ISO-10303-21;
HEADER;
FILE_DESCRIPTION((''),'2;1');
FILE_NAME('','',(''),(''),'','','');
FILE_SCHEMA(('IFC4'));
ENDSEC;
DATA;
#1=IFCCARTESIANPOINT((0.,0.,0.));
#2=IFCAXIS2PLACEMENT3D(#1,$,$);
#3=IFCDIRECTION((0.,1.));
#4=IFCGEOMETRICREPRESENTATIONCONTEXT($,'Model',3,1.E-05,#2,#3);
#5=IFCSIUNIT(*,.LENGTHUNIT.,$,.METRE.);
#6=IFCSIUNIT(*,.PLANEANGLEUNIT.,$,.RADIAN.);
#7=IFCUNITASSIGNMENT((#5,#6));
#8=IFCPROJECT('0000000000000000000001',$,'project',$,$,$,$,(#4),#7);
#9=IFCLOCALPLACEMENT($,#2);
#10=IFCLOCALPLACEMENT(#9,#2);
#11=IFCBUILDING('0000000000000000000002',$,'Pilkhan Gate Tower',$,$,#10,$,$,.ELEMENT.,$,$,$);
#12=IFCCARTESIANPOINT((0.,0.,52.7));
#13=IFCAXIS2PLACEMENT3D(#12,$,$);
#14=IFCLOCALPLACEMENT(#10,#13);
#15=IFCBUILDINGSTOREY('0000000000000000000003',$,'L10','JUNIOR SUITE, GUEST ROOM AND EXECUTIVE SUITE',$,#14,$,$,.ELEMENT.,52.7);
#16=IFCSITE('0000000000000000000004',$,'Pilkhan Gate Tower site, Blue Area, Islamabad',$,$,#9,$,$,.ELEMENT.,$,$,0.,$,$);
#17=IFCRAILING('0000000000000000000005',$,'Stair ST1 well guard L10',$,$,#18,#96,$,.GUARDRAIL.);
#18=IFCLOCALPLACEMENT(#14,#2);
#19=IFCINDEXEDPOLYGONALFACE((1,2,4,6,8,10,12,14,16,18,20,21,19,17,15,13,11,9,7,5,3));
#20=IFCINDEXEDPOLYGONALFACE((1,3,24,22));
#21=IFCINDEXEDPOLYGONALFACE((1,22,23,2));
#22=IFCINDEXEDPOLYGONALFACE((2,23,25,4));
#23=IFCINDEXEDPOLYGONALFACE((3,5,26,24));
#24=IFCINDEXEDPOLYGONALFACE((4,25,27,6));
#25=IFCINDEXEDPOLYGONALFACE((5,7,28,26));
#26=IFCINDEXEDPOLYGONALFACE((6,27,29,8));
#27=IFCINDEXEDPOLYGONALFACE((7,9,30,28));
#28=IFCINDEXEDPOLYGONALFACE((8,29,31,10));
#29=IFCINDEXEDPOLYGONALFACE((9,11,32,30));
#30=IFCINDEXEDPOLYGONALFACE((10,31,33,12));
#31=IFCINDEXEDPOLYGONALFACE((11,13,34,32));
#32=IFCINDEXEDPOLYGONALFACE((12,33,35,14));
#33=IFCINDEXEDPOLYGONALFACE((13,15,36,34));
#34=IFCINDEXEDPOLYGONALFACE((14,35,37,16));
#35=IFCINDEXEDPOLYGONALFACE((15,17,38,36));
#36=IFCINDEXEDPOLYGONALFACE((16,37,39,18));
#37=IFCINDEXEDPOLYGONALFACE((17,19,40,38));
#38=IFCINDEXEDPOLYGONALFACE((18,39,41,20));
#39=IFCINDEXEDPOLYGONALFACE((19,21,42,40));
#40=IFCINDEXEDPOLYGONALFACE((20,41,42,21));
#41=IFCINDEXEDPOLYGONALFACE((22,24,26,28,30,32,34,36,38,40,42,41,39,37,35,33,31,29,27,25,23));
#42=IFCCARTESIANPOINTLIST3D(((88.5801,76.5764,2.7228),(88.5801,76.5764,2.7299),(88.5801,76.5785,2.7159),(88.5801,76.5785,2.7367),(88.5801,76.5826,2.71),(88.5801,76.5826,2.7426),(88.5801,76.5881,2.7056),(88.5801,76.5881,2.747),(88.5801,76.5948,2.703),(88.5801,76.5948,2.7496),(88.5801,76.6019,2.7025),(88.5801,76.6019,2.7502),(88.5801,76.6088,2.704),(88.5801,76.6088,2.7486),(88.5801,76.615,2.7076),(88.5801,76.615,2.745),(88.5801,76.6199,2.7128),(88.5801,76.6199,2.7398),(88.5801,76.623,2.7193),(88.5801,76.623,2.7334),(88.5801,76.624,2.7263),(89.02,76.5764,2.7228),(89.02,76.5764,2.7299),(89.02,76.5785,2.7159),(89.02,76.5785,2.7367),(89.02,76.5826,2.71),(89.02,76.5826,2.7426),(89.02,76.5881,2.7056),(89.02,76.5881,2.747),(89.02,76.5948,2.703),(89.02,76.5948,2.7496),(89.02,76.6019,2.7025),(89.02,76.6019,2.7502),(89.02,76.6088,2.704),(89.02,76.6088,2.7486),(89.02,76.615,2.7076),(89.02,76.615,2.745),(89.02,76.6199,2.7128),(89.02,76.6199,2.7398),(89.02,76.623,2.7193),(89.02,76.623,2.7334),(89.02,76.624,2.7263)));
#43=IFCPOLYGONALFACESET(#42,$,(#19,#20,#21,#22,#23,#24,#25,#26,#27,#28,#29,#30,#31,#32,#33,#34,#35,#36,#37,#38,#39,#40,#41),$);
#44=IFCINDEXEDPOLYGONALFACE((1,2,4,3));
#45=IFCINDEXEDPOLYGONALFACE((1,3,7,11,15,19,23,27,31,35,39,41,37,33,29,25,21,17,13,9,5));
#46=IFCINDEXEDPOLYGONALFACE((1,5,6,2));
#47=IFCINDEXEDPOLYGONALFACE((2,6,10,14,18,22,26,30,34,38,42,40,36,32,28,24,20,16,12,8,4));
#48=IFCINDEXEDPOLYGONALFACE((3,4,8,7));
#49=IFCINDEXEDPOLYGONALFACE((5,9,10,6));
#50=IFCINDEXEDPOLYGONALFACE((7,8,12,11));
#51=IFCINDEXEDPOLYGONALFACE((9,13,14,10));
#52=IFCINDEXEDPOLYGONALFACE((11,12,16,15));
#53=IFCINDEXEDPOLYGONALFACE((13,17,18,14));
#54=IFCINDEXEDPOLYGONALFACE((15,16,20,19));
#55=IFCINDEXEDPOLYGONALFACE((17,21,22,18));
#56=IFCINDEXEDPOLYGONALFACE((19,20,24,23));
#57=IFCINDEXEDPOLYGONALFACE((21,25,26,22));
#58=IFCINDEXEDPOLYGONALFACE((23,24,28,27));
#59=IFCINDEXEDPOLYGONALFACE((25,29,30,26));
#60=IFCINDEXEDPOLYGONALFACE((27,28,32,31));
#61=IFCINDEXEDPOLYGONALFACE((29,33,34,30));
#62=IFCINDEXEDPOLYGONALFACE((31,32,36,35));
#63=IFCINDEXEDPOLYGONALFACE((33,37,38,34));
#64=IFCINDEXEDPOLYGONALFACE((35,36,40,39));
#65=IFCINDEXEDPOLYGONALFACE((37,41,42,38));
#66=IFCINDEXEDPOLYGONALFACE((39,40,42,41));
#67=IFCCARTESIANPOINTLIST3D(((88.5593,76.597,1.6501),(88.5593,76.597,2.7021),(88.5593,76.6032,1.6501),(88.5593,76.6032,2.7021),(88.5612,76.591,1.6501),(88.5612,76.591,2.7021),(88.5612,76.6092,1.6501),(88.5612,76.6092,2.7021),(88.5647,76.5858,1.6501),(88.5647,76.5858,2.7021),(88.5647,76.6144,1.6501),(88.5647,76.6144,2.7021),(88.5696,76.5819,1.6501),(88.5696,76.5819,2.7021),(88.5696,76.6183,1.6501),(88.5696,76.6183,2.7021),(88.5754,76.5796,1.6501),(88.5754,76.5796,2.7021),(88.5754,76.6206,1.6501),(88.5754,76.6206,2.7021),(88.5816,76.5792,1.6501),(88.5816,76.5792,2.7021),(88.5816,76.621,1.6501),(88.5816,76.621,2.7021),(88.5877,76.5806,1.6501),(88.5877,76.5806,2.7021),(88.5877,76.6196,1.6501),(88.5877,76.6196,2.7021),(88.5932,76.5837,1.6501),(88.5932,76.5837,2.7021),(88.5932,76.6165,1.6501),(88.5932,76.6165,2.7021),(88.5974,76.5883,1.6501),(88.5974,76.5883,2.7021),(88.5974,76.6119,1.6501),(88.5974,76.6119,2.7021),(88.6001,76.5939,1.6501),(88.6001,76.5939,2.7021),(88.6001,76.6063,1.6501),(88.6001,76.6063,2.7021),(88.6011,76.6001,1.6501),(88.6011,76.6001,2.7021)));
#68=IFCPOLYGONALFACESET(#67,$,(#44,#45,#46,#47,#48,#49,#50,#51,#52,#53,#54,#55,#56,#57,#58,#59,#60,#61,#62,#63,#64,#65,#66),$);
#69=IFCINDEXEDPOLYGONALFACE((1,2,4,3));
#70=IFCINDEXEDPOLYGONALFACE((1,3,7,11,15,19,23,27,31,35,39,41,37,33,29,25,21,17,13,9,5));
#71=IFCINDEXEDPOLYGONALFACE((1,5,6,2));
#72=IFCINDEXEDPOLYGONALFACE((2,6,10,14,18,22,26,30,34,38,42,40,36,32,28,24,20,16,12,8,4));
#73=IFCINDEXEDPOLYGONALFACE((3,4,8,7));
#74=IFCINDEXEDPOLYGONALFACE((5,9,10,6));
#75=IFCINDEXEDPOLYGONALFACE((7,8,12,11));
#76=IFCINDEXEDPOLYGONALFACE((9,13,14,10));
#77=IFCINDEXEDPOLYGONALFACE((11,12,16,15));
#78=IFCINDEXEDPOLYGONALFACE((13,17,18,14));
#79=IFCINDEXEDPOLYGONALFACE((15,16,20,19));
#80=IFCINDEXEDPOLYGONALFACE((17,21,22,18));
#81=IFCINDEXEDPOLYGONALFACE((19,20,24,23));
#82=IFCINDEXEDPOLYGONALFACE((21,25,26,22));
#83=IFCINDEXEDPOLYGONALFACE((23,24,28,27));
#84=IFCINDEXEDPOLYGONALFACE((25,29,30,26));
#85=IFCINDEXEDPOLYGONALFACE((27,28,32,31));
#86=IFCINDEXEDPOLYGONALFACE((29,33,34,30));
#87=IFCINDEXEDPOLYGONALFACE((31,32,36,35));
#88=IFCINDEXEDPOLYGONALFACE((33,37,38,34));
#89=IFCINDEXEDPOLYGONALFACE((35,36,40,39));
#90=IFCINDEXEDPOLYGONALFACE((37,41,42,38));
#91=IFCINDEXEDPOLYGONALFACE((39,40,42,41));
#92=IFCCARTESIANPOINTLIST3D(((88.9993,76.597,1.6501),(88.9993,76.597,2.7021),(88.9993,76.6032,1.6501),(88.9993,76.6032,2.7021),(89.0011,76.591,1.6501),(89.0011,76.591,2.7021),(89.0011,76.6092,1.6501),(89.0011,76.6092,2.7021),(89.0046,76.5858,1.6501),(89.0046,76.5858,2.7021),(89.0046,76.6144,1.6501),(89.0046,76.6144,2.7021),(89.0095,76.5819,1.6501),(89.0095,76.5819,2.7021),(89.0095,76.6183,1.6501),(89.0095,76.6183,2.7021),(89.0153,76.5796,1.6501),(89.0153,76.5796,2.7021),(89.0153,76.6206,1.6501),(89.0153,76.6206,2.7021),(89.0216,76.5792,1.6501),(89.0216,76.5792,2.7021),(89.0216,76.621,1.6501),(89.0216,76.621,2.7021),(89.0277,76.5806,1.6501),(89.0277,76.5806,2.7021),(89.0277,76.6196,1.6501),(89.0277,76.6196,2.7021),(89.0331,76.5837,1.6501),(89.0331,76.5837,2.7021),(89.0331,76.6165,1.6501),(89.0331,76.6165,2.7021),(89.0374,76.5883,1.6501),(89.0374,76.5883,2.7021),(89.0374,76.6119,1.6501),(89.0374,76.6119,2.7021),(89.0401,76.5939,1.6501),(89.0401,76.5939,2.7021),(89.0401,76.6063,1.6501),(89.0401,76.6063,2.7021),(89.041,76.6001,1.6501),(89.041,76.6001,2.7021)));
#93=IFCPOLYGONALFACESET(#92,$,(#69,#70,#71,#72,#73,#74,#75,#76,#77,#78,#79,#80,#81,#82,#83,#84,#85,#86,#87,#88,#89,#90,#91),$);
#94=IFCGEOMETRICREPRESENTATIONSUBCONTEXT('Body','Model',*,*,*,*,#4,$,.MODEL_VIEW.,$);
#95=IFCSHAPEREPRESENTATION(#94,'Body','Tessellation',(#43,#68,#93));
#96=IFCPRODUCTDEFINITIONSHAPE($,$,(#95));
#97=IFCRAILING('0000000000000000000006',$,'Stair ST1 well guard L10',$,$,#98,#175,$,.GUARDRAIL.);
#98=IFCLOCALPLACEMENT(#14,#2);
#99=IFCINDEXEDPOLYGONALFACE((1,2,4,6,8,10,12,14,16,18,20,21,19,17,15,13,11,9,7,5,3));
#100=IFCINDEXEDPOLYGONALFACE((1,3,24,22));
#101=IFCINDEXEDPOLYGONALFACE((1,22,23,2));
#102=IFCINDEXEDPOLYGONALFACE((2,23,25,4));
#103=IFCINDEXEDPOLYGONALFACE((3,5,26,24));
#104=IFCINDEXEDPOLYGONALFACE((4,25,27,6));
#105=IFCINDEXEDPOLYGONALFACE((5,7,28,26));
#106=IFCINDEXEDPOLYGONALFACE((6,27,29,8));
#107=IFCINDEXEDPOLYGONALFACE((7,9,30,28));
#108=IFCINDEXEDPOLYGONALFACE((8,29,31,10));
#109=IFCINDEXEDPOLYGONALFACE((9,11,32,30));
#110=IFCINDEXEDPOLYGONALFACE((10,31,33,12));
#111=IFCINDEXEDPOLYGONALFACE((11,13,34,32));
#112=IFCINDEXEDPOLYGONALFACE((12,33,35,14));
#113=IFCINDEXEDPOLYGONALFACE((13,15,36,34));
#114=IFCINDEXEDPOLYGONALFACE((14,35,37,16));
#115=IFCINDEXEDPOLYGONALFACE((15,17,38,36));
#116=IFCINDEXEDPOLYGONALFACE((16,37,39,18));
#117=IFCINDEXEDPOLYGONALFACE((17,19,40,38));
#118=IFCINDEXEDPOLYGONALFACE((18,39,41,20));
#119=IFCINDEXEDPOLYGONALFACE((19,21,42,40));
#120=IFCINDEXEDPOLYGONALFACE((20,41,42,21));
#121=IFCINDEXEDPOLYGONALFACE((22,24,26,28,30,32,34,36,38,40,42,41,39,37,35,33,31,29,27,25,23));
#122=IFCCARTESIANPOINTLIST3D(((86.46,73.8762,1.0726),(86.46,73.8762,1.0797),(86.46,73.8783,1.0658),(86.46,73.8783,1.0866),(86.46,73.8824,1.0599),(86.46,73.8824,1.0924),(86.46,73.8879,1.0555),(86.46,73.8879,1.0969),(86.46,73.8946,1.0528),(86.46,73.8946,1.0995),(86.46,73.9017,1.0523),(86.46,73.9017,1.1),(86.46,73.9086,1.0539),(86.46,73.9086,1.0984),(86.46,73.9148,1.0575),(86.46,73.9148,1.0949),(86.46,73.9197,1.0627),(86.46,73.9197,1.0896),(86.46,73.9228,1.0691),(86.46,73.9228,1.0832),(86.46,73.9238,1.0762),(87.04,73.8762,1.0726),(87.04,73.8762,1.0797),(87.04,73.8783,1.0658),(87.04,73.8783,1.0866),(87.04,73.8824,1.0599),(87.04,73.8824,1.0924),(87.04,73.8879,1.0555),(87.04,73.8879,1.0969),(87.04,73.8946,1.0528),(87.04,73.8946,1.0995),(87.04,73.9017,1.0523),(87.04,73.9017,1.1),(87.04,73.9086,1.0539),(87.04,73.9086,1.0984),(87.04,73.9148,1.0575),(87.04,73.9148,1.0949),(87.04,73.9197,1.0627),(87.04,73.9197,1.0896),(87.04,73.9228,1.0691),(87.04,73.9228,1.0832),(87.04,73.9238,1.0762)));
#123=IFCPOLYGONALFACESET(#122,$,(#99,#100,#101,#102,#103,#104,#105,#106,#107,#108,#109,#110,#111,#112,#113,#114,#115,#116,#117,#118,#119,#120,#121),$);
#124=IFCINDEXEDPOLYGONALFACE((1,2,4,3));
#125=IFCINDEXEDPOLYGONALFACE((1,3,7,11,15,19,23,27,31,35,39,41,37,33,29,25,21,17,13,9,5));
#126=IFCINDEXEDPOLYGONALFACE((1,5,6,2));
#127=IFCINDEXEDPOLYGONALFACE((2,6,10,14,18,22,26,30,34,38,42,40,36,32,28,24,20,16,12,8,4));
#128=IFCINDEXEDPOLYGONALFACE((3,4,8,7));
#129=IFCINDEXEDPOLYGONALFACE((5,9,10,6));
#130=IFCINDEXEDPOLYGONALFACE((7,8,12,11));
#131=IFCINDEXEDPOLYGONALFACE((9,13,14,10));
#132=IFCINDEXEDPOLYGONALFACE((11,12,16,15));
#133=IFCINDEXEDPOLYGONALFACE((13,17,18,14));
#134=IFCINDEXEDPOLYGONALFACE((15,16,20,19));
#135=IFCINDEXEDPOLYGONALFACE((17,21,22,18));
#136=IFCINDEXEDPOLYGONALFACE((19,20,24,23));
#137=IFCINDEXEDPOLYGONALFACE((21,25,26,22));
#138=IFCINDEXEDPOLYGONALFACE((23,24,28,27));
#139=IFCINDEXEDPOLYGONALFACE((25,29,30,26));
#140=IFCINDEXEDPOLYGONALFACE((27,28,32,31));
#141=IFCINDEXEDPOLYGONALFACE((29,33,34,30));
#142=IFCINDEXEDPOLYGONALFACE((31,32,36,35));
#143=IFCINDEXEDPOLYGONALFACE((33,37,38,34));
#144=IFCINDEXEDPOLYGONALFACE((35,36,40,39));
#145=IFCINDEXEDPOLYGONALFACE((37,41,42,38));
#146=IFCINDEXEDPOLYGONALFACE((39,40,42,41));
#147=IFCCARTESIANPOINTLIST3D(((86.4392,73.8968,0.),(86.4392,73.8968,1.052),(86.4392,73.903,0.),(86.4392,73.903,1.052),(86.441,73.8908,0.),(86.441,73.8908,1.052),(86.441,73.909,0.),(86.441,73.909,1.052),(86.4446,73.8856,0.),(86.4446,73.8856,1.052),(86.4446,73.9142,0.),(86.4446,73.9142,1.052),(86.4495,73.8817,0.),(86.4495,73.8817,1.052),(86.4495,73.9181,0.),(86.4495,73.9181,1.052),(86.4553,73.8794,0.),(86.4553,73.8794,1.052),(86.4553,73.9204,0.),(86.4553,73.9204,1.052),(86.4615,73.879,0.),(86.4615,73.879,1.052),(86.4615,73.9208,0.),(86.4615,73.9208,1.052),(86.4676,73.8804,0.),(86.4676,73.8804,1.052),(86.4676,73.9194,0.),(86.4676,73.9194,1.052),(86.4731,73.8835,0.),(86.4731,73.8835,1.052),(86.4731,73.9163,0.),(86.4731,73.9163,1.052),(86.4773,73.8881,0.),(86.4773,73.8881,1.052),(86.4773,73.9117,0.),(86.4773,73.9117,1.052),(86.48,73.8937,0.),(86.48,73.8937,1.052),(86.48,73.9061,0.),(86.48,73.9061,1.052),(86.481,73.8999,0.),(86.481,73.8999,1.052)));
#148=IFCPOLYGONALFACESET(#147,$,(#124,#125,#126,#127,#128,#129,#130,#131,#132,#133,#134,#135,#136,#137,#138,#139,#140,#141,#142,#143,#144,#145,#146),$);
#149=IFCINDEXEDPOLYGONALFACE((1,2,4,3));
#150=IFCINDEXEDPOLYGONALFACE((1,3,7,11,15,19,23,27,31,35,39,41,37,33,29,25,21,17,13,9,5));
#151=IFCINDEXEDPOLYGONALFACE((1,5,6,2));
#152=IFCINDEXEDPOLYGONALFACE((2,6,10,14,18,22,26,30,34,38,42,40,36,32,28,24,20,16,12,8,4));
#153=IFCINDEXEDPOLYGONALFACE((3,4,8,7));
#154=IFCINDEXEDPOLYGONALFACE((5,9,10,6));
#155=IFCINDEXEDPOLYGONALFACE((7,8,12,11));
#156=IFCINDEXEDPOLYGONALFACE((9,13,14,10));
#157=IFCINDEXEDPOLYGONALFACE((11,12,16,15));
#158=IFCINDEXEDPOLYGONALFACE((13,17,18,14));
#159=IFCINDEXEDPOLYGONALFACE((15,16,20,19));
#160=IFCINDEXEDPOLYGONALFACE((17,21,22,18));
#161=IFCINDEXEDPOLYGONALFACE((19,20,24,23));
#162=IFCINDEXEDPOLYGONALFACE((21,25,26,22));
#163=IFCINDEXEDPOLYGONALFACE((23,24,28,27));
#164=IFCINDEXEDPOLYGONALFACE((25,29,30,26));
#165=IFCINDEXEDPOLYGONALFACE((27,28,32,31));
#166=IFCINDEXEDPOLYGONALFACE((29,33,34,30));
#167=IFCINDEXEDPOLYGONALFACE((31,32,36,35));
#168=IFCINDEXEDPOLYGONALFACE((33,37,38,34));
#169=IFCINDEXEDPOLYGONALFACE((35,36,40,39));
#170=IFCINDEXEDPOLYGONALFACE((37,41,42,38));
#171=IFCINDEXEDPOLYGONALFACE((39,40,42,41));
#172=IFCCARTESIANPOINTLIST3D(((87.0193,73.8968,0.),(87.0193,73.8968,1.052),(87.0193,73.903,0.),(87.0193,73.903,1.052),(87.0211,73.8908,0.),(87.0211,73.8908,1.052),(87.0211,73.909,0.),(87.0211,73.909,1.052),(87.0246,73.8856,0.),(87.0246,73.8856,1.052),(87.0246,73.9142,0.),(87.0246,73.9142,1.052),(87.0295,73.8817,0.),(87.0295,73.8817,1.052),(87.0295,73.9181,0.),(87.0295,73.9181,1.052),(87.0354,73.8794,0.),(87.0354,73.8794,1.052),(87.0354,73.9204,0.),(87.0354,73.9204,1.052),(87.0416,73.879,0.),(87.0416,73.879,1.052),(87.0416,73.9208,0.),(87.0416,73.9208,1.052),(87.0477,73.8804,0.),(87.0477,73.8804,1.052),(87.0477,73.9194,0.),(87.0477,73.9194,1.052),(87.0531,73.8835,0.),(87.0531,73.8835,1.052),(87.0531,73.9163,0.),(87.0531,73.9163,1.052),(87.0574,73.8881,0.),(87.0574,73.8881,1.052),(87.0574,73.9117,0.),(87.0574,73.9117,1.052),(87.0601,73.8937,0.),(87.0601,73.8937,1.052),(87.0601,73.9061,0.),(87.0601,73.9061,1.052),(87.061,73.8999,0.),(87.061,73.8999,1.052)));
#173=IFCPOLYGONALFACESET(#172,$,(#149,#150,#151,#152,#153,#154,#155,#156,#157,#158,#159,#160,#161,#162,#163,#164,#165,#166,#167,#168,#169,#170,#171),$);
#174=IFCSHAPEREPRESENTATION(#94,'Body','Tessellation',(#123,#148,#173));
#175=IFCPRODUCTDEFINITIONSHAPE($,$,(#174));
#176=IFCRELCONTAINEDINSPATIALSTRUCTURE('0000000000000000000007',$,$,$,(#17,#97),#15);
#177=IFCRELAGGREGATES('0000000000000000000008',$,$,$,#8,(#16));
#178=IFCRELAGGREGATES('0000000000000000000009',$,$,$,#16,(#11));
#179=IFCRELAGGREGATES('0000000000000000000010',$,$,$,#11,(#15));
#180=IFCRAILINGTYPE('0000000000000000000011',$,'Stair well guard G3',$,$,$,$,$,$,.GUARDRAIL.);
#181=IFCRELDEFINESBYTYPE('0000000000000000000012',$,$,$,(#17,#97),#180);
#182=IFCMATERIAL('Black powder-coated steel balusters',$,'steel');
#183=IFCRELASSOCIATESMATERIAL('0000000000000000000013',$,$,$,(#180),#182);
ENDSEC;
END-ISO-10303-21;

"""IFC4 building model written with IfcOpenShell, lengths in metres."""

from ifc_helpers import new_model, si_unit, direction, frame, origin, origin_2d, place, context, subcontext, project, spatial, circle, extrude, material, type_object, element, save


model = new_model("IFC4")

# Units and contexts
model_context = context("Model", 3, precision=1e-05, world=origin(), true_north=direction((0.0, 1.0)))
body_context = subcontext(model_context, "Body", "Model", "MODEL_VIEW")
ifc_project = project(units=[si_unit("LENGTHUNIT", "METRE"), si_unit("PLANEANGLEUNIT", "RADIAN")], contexts=[model_context])

# Site, building, storey
site_placement = place(None, origin())
site = spatial("IfcSite", under=ifc_project, at=site_placement, Name="Pilkhan Gate Tower site, Blue Area, Islamabad", CompositionType="ELEMENT", RefElevation=0.0)
building_placement = place(site_placement, origin())
building = spatial("IfcBuilding", under=site, at=building_placement, Name="Pilkhan Gate Tower", CompositionType="ELEMENT")
storey_placement = place(building_placement, frame((0.0, 0.0, 52.7)))
storey = spatial("IfcBuildingStorey", under=building, at=storey_placement, Name="L10", Description="JUNIOR SUITE, GUEST ROOM AND EXECUTIVE SUITE", CompositionType="ELEMENT", Elevation=52.7)

# Railings
ifc_material_1 = material(Name="Black powder-coated steel balusters", Category="steel")
railing_type_1 = type_object("IfcRailingType", Name="Stair well guard G3", PredefinedType="GUARDRAIL", material=ifc_material_1)
railing_1_placement = place(storey_placement, frame((88.5801, 76.6001, 1.6501)))
element("IfcRailing", 1, at=railing_1_placement, inside=storey, type_object=railing_type_1, Name="Stair ST1 well guard L10", PredefinedType="GUARDRAIL", context=body_context, shape_type="SweptSolid", body=[
    extrude(circle(Radius=0.0239, at=origin_2d()), frame((0.0, 0.0, 1.0762), z_axis=(1.0, 0.0, 0.0), x_axis=(0.0, 1.0, 0.0)), (0.0, 0.0, 1.0), 0.4399),
    extrude(circle(Radius=0.021, at=origin_2d()), origin(), (0.0, 0.0, 1.0), 1.052),
    extrude(circle(Radius=0.021, at=origin_2d()), frame((0.4399, 0.0, 0.0)), (0.0, 0.0, 1.0), 1.052),
])
for number, where, name in (
    (2, (86.46, 73.8999, 0.0), "Stair ST1 well guard L10"),
):
    element("IfcRailing", number, at=place(storey_placement, frame(where)), inside=storey, type_object=railing_type_1, Name=name, PredefinedType="GUARDRAIL", context=body_context, shape_type="SweptSolid", body=[
        extrude(circle(Radius=0.0239, at=origin_2d()), frame((0.0, 0.0, 1.0762), z_axis=(1.0, 0.0, 0.0), x_axis=(0.0, 1.0, 0.0)), (0.0, 0.0, 1.0), 0.5801),
        extrude(circle(Radius=0.021, at=origin_2d()), origin(), (0.0, 0.0, 1.0), 1.052),
        extrude(circle(Radius=0.021, at=origin_2d()), frame((0.5801, 0.0, 0.0)), (0.0, 0.0, 1.0), 1.052),
    ])

save(model, "model.ifc")
